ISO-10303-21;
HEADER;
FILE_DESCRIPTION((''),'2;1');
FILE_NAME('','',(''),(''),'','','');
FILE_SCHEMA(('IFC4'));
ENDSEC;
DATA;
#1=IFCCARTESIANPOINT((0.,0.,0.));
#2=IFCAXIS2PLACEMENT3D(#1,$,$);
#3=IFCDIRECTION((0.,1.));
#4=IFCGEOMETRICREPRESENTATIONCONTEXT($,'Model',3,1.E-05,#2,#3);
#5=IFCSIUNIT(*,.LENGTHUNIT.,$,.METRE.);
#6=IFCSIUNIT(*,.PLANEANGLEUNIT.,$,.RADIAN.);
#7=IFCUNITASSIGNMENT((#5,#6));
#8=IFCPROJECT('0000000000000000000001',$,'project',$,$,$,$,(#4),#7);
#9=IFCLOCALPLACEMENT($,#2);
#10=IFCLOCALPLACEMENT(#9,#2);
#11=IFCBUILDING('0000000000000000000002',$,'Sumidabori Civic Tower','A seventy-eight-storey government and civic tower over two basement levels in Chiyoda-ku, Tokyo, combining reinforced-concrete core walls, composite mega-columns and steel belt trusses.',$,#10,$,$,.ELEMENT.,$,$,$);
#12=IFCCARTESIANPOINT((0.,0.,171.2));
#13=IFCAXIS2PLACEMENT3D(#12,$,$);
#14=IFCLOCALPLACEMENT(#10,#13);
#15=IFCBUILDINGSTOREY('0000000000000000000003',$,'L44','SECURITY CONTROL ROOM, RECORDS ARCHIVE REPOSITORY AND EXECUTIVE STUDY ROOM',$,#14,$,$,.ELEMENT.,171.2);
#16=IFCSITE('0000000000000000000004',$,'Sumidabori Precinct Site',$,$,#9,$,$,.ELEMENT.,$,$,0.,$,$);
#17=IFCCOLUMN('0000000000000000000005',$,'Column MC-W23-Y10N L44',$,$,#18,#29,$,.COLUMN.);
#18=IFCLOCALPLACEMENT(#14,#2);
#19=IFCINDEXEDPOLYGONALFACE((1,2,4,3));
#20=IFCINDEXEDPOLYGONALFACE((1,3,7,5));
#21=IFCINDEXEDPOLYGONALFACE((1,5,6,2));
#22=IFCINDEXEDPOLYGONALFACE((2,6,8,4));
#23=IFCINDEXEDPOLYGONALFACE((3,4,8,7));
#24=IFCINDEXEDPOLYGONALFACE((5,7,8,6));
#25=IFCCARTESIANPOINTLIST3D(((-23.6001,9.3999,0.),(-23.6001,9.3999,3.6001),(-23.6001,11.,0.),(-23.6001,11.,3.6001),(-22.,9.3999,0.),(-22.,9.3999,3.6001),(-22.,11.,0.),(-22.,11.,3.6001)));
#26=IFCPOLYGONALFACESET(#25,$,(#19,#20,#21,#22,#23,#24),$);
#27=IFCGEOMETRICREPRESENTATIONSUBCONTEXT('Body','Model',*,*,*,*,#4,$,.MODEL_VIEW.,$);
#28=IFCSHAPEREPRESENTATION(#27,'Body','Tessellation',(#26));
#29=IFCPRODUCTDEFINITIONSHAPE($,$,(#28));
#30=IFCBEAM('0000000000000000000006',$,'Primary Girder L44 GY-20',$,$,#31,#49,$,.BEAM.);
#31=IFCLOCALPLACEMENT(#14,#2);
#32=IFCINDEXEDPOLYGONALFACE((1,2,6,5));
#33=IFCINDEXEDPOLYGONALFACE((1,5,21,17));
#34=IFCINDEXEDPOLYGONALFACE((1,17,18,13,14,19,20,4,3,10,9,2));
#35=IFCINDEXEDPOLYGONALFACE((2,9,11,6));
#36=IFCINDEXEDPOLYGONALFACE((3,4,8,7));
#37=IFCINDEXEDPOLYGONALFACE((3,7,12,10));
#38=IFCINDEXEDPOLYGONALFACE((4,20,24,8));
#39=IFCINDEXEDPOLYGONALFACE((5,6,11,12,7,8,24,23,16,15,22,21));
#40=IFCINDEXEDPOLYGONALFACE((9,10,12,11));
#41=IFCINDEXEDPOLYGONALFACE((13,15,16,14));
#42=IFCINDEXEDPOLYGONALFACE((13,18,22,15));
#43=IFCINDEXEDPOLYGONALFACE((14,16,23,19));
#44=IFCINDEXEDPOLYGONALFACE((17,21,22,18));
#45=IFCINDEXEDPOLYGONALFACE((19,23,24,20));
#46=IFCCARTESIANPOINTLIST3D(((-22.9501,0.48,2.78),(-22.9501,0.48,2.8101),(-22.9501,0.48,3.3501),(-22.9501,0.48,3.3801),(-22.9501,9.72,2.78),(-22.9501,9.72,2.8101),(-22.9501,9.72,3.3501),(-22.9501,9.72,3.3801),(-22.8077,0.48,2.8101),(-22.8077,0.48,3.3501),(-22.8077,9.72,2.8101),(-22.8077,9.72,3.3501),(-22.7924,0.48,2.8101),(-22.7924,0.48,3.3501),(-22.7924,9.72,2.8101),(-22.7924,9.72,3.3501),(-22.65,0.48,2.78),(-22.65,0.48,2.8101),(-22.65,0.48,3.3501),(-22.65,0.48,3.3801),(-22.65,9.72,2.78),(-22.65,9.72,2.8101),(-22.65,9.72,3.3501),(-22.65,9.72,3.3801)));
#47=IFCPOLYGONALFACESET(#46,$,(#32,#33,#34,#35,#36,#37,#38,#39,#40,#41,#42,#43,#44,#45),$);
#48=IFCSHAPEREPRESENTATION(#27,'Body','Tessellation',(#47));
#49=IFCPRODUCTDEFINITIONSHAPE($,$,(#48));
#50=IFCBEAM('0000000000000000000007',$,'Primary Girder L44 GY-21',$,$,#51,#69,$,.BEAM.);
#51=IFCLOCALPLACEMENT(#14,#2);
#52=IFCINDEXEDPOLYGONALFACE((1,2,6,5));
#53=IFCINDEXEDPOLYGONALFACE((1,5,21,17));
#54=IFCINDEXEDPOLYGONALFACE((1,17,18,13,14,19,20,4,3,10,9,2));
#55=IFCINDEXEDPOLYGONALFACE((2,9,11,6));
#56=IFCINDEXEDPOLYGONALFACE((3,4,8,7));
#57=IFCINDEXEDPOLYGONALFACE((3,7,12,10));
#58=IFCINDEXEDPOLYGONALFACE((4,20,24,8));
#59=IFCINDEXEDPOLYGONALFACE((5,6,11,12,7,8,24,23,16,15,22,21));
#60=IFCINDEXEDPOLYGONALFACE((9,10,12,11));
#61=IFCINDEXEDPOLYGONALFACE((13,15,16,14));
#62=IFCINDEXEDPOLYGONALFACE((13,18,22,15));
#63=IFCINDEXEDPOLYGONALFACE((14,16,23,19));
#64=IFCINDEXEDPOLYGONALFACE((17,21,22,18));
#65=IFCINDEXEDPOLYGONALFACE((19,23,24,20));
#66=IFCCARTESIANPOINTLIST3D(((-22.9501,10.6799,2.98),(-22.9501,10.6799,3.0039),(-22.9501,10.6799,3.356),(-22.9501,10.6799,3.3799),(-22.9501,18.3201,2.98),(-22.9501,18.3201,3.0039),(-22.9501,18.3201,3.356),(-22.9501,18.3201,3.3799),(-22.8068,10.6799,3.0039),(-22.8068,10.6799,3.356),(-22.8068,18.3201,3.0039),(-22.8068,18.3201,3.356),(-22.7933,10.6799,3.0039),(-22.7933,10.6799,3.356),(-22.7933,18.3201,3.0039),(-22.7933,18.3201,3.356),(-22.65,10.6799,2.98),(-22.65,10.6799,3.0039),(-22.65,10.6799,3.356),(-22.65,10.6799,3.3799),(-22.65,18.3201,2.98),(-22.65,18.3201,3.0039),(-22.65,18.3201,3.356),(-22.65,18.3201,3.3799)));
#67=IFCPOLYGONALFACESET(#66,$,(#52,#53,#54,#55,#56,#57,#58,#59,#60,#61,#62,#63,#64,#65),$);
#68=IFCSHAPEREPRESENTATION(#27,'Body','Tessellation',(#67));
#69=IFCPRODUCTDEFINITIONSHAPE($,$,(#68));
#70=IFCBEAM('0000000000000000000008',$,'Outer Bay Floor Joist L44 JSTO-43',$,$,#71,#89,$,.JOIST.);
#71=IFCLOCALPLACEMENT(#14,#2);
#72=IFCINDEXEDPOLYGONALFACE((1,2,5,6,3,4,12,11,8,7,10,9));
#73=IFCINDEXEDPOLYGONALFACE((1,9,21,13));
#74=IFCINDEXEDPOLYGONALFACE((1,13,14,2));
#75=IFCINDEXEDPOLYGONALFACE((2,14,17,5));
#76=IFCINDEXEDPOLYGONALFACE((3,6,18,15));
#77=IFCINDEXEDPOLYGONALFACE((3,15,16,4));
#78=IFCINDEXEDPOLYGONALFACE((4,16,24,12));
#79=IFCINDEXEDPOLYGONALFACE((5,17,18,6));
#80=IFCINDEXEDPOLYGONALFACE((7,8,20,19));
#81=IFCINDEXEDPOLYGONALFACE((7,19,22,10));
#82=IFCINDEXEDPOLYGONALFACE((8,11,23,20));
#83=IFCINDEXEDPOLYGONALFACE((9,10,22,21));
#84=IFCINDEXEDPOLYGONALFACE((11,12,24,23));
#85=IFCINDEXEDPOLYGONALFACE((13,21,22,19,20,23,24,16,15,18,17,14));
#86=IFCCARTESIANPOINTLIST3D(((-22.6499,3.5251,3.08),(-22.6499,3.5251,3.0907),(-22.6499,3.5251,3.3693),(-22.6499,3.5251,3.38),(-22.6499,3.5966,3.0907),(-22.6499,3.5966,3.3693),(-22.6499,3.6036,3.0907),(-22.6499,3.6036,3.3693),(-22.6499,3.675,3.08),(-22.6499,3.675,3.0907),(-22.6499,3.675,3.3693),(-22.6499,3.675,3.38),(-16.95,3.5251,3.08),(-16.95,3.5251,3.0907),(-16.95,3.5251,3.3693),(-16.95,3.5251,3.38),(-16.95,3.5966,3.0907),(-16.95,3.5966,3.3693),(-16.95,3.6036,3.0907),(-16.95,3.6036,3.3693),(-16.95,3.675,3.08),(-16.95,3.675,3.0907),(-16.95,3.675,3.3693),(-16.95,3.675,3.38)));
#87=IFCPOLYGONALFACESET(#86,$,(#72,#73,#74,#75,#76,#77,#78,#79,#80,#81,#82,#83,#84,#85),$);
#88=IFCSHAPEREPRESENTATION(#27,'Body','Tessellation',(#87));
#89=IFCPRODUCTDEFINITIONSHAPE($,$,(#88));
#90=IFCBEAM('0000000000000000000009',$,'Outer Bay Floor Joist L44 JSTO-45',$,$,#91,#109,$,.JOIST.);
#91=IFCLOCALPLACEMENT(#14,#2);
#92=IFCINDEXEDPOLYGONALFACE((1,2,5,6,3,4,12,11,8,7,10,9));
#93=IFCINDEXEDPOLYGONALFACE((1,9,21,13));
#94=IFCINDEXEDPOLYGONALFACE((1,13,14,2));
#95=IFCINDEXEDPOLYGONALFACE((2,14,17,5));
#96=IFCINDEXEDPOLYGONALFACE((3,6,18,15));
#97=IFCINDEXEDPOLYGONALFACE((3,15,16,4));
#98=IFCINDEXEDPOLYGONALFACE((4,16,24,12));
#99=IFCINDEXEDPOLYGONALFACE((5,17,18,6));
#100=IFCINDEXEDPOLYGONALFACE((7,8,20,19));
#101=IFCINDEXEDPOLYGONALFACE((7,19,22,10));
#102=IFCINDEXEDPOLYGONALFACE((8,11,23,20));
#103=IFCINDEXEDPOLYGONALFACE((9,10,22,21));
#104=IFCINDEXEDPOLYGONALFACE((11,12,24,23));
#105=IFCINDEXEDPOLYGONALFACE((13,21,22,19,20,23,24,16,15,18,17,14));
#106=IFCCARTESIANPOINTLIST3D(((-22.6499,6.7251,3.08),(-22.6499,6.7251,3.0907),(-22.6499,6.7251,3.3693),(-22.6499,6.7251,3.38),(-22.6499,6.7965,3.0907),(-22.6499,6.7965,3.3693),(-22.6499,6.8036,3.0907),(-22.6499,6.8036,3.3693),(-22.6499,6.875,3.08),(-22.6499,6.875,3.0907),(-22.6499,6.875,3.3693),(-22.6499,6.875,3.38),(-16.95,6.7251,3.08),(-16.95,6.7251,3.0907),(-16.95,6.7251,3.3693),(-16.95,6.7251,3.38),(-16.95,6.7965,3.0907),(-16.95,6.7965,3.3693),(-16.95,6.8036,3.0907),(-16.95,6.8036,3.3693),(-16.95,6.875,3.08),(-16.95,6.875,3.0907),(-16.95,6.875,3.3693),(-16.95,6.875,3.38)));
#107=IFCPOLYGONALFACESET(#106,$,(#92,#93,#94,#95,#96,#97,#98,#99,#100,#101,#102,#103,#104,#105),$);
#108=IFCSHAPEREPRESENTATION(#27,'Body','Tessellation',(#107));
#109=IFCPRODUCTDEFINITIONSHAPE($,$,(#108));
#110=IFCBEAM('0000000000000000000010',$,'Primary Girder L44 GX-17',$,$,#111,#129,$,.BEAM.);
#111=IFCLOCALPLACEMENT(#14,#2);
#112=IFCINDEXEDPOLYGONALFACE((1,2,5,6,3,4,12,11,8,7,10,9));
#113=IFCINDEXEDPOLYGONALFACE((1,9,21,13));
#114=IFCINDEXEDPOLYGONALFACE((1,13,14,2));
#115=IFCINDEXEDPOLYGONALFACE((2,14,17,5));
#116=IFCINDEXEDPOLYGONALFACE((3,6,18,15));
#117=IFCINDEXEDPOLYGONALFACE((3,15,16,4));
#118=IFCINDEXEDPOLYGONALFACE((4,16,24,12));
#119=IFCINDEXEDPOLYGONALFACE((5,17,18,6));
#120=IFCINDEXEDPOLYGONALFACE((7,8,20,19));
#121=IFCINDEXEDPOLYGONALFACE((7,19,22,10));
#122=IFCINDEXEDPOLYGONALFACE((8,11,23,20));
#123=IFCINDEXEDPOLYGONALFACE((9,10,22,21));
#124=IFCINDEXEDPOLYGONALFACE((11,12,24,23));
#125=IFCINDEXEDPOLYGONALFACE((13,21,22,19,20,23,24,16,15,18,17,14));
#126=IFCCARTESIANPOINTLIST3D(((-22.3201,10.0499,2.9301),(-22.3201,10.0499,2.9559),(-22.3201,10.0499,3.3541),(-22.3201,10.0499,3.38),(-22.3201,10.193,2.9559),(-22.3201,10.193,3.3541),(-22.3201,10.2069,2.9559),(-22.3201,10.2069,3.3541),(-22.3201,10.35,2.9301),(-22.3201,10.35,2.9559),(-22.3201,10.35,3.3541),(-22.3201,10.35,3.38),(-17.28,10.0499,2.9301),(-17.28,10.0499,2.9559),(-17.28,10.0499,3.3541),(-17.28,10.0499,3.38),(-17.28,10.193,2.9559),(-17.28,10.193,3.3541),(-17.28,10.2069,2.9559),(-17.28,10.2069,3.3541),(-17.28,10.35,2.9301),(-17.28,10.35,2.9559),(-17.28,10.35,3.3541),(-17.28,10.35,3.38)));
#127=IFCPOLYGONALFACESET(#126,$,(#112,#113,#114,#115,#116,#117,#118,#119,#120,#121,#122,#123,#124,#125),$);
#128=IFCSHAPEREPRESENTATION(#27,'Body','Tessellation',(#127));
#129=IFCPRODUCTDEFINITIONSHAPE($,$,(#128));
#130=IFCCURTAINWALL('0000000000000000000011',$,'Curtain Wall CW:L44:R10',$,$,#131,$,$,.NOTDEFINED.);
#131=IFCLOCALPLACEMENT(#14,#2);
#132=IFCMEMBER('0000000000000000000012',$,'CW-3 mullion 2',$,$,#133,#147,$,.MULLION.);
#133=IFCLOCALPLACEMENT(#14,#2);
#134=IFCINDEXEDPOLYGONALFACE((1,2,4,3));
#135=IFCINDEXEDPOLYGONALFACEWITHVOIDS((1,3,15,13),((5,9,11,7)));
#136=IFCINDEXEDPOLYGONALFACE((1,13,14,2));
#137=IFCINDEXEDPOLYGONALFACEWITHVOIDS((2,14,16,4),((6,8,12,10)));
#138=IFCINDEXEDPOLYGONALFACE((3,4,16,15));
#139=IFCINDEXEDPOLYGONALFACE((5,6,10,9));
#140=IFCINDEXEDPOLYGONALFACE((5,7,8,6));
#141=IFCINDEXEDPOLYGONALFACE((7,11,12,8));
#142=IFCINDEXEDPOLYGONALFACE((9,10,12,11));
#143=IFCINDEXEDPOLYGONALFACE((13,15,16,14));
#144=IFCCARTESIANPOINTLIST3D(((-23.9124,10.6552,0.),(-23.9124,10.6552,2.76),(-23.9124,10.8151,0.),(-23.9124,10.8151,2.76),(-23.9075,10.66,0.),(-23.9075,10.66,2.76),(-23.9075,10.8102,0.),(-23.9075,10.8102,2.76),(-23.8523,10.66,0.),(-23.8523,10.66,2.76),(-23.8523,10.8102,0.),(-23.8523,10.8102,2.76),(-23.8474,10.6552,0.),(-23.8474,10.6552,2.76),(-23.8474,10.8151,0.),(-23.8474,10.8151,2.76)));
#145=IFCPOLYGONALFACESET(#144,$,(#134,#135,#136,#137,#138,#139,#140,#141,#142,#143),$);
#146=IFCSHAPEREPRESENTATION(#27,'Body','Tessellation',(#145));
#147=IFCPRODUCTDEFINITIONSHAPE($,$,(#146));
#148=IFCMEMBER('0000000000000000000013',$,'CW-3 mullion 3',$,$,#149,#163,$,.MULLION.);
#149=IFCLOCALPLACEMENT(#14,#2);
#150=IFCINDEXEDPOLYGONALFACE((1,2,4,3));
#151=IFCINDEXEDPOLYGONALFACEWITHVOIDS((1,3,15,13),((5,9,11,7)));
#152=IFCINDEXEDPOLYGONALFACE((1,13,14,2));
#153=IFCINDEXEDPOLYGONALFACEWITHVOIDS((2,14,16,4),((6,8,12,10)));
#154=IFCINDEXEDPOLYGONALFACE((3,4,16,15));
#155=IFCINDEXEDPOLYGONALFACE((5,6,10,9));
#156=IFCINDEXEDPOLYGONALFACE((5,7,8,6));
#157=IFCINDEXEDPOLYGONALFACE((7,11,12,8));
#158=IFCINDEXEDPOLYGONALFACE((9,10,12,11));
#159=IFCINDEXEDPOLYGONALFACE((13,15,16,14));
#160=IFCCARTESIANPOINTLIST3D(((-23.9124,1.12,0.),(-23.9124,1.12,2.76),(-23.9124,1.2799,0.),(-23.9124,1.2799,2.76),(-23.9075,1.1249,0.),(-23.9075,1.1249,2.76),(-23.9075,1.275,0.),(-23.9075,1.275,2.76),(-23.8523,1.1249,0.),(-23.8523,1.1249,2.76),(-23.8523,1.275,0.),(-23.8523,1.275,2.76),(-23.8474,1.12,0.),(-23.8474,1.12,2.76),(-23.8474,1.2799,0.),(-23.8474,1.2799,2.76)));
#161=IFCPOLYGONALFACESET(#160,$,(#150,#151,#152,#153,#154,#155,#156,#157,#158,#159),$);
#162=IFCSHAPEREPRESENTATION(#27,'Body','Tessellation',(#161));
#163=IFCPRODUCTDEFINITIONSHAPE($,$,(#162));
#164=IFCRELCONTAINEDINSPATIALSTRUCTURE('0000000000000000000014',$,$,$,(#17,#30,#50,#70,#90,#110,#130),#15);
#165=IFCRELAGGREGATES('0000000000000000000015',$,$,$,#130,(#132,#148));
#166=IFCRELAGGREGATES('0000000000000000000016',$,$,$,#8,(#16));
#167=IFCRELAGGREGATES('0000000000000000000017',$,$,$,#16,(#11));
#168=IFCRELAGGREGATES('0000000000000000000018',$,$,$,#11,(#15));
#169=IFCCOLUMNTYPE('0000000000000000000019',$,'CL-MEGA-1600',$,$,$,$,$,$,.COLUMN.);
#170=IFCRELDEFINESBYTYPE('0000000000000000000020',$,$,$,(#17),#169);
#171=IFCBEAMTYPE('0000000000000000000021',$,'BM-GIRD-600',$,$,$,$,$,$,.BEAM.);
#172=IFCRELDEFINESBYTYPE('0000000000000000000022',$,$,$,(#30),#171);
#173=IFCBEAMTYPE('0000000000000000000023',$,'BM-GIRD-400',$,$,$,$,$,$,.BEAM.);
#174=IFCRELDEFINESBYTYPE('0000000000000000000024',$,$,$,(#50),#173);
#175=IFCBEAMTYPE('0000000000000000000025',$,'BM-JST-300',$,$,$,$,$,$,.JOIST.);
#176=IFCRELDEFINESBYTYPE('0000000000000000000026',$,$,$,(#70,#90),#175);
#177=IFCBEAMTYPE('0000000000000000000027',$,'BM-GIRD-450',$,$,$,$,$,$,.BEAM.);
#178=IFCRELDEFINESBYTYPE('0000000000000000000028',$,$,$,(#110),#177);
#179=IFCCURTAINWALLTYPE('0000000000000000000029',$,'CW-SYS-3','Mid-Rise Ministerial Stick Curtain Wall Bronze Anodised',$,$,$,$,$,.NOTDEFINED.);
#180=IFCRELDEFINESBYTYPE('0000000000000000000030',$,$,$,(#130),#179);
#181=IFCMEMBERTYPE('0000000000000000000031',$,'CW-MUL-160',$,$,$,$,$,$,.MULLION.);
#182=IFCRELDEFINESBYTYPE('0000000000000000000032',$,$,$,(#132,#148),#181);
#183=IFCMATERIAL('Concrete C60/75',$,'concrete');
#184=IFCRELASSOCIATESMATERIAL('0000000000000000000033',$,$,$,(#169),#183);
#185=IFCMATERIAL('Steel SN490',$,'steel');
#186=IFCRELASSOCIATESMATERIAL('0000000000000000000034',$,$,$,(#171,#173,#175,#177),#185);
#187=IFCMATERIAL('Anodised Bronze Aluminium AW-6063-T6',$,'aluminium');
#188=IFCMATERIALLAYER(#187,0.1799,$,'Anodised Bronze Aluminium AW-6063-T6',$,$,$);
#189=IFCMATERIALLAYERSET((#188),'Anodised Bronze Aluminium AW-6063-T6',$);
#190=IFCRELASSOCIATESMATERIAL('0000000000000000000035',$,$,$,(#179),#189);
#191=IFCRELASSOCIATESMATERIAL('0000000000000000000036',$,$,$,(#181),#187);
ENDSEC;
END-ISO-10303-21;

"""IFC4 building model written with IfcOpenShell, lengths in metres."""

from ifc_helpers import new_model, si_unit, direction, frame, origin, origin_2d, place, context, subcontext, project, spatial, rectangle, hollow_rectangle, i_section, extrude, source, transform, mapped, material, layer, layer_set, material_profile, profile_set, type_object, element, aggregate, save


model = new_model("IFC4")

# Units and contexts
model_context = context("Model", 3, precision=1e-05, world=origin(), true_north=direction((0.0, 1.0)))
body_context = subcontext(model_context, "Body", "Model", "MODEL_VIEW")
ifc_project = project(units=[si_unit("LENGTHUNIT", "METRE"), si_unit("PLANEANGLEUNIT", "RADIAN")], contexts=[model_context])

# Site, building, storey
site_placement = place(None, origin())
site = spatial("IfcSite", under=ifc_project, at=site_placement, Name="Sumidabori Precinct Site", CompositionType="ELEMENT", RefElevation=0.0)
building_placement = place(site_placement, origin())
building = spatial("IfcBuilding", under=site, at=building_placement, Name="Sumidabori Civic Tower", Description="A seventy-eight-storey government and civic tower over two basement levels in Chiyoda-ku, Tokyo, combining reinforced-concrete core walls, composite mega-columns and steel belt trusses.", CompositionType="ELEMENT")
storey_placement = place(building_placement, frame((0.0, 0.0, 171.2)))
storey = spatial("IfcBuildingStorey", under=building, at=storey_placement, Name="L44", Description="SECURITY CONTROL ROOM, RECORDS ARCHIVE REPOSITORY AND EXECUTIVE STUDY ROOM", CompositionType="ELEMENT", Elevation=171.2)

# Column
ifc_material_1 = material(Name="Concrete C60/75", Category="concrete")
ifc_material_profile_1 = material_profile(ifc_material_1, rectangle(XDim=1.6001, YDim=1.6001, at=origin_2d()), Name="RC 1600x1600")
ifc_profile_set_1 = profile_set([ifc_material_profile_1], Name="Concrete C60/75")
column_type = type_object("IfcColumnType", Name="CL-MEGA-1600", PredefinedType="COLUMN", material=ifc_profile_set_1)
shared_shape_1 = source(origin(), body_context, "Body", "SweptSolid", [
    extrude(rectangle(XDim=1.6001, YDim=1.6001, at=origin_2d()), origin(), (0.0, 0.0, 1.0), 3.6001),
])
column_placement = place(storey_placement, frame((-22.8, 10.2, 0.0), z_axis=(0.0, 0.0, 1.0), x_axis=(1.0, 0.0, 0.0)))
element("IfcColumn", 1, at=column_placement, inside=storey, type_object=column_type, Name="Column MC-W23-Y10N L44", PredefinedType="COLUMN", context=body_context, shape_type="MappedRepresentation", body=[
    mapped(shared_shape_1, transform((0.0, 0.0, 0.0), x_axis=(1.0, 0.0, 0.0), y_axis=(0.0, 1.0, 0.0), z_axis=(0.0, 0.0, 1.0), scale=1.0)),
])

# Beams
ifc_material_2 = material(Name="Steel SN490", Category="steel")
ifc_material_profile_2 = material_profile(ifc_material_2, i_section(OverallWidth=0.3, OverallDepth=0.6001, WebThickness=0.0154, FlangeThickness=0.03, at=origin_2d()), Name="HE 600 B")
ifc_profile_set_2 = profile_set([ifc_material_profile_2], Name="Steel SN490")
beam_type_1 = type_object("IfcBeamType", Name="BM-GIRD-600", PredefinedType="BEAM", material=ifc_profile_set_2)
shared_shape_2 = source(origin(), body_context, "Body", "SweptSolid", [
    extrude(i_section(OverallWidth=0.3, OverallDepth=0.6001, WebThickness=0.0154, FlangeThickness=0.03, at=origin_2d()), origin(), (0.0, 0.0, 1.0), 9.24),
])
beam_1_placement = place(storey_placement, frame((-22.8, 0.48, 3.0801), z_axis=(0.0, 1.0, 0.0), x_axis=(-1.0, 0.0, 0.0)))
element("IfcBeam", 2, at=beam_1_placement, inside=storey, type_object=beam_type_1, Name="Primary Girder L44 GY-20", PredefinedType="BEAM", context=body_context, shape_type="MappedRepresentation", body=[
    mapped(shared_shape_2, transform((0.0, 0.0, 0.0), x_axis=(1.0, 0.0, 0.0), y_axis=(0.0, 1.0, 0.0), z_axis=(0.0, 0.0, 1.0), scale=1.0)),
])
ifc_material_profile_3 = material_profile(ifc_material_2, i_section(OverallWidth=0.3, OverallDepth=0.3999, WebThickness=0.0134, FlangeThickness=0.0239, at=origin_2d()), Name="HE 400 B")
ifc_profile_set_3 = profile_set([ifc_material_profile_3], Name="Steel SN490")
beam_type_2 = type_object("IfcBeamType", Name="BM-GIRD-400", PredefinedType="BEAM", material=ifc_profile_set_3)
shared_shape_3 = source(origin(), body_context, "Body", "SweptSolid", [
    extrude(i_section(OverallWidth=0.3, OverallDepth=0.3999, WebThickness=0.0134, FlangeThickness=0.0239, at=origin_2d()), origin(), (0.0, 0.0, 1.0), 7.6401),
])
beam_2_placement = place(storey_placement, frame((-22.8, 10.6799, 3.1799), z_axis=(0.0, 1.0, 0.0), x_axis=(-1.0, 0.0, 0.0)))
element("IfcBeam", 3, at=beam_2_placement, inside=storey, type_object=beam_type_2, Name="Primary Girder L44 GY-21", PredefinedType="BEAM", context=body_context, shape_type="MappedRepresentation", body=[
    mapped(shared_shape_3, transform((0.0, 0.0, 0.0), x_axis=(1.0, 0.0, 0.0), y_axis=(0.0, 1.0, 0.0), z_axis=(0.0, 0.0, 1.0), scale=1.0)),
])
ifc_material_profile_4 = material_profile(ifc_material_2, i_section(OverallWidth=0.1499, OverallDepth=0.3, WebThickness=0.0071, FlangeThickness=0.0107, at=origin_2d()), Name="IPE 300")
ifc_profile_set_4 = profile_set([ifc_material_profile_4], Name="Steel SN490")
beam_type_3 = type_object("IfcBeamType", Name="BM-JST-300", PredefinedType="JOIST", material=ifc_profile_set_4)
shared_shape_4 = source(origin(), body_context, "Body", "SweptSolid", [
    extrude(i_section(OverallWidth=0.1499, OverallDepth=0.3, WebThickness=0.0071, FlangeThickness=0.0107, at=origin_2d()), origin(), (0.0, 0.0, 1.0), 5.7),
])
for number, where, z_axis, x_axis, name in (
    (4, (-22.6499, 3.6001, 3.23), (1.0, 0.0, 0.0), (0.0, 1.0, 0.0), "Outer Bay Floor Joist L44 JSTO-43"),
    (5, (-22.6499, 6.8, 3.23), (1.0, 0.0, 0.0), (0.0, 1.0, 0.0), "Outer Bay Floor Joist L44 JSTO-45"),
):
    element("IfcBeam", number, at=place(storey_placement, frame(where, z_axis=z_axis, x_axis=x_axis)), inside=storey, type_object=beam_type_3, Name=name, PredefinedType="JOIST", context=body_context, shape_type="MappedRepresentation", body=[
        mapped(shared_shape_4, transform((0.0, 0.0, 0.0), x_axis=(1.0, 0.0, 0.0), y_axis=(0.0, 1.0, 0.0), z_axis=(0.0, 0.0, 1.0), scale=1.0)),
    ])
ifc_material_profile_5 = material_profile(ifc_material_2, i_section(OverallWidth=0.3, OverallDepth=0.45, WebThickness=0.0139, FlangeThickness=0.0259, at=origin_2d()), Name="HE 450 B")
ifc_profile_set_5 = profile_set([ifc_material_profile_5], Name="Steel SN490")
beam_type_4 = type_object("IfcBeamType", Name="BM-GIRD-450", PredefinedType="BEAM", material=ifc_profile_set_5)
shared_shape_5 = source(origin(), body_context, "Body", "SweptSolid", [
    extrude(i_section(OverallWidth=0.3, OverallDepth=0.45, WebThickness=0.0139, FlangeThickness=0.0259, at=origin_2d()), origin(), (0.0, 0.0, 1.0), 5.04),
])
beam_3_placement = place(storey_placement, frame((-22.3201, 10.2, 3.155), z_axis=(1.0, 0.0, 0.0), x_axis=(0.0, 1.0, 0.0)))
element("IfcBeam", 6, at=beam_3_placement, inside=storey, type_object=beam_type_4, Name="Primary Girder L44 GX-17", PredefinedType="BEAM", context=body_context, shape_type="MappedRepresentation", body=[
    mapped(shared_shape_5, transform((0.0, 0.0, 0.0), x_axis=(1.0, 0.0, 0.0), y_axis=(0.0, 1.0, 0.0), z_axis=(0.0, 0.0, 1.0), scale=1.0)),
])

# Curtain wall, members
ifc_material_3 = material(Name="Anodised Bronze Aluminium AW-6063-T6", Category="aluminium")
ifc_layer_1 = layer(ifc_material_3, 0.1799, Name="Anodised Bronze Aluminium AW-6063-T6")
ifc_layer_set_1 = layer_set([ifc_layer_1], Name="Anodised Bronze Aluminium AW-6063-T6")
curtain_wall_type = type_object("IfcCurtainWallType", Name="CW-SYS-3", Description="Mid-Rise Ministerial Stick Curtain Wall Bronze Anodised", PredefinedType="NOTDEFINED", material=ifc_layer_set_1)
curtain_wall_placement = place(storey_placement, origin())
curtain_wall = element("IfcCurtainWall", 7, at=curtain_wall_placement, inside=storey, type_object=curtain_wall_type, Name="Curtain Wall CW:L44:R10", PredefinedType="NOTDEFINED")
ifc_material_profile_6 = material_profile(ifc_material_3, hollow_rectangle(XDim=0.0649, YDim=0.1599, WallThickness=0.0049, at=origin_2d()), Name="ALU MULLION 160x65")
ifc_profile_set_6 = profile_set([ifc_material_profile_6], Name="Anodised Bronze Aluminium AW-6063-T6")
member_type_1 = type_object("IfcMemberType", Name="CW-MUL-160", PredefinedType="MULLION", material=ifc_profile_set_6)
shared_shape_6 = source(origin(), body_context, "Body", "SweptSolid", [
    extrude(hollow_rectangle(XDim=0.0649, YDim=0.1599, WallThickness=0.0049, at=origin_2d()), origin(), (0.0, 0.0, 1.0), 2.76),
])
member_1_placement = place(storey_placement, frame((-23.8799, 10.7351, 0.0), z_axis=(0.0, 0.0, 1.0), x_axis=(1.0, 0.0, 0.0)))
member_1 = element("IfcMember", 8, at=member_1_placement, type_object=member_type_1, Name="CW-3 mullion 2", PredefinedType="MULLION", context=body_context, shape_type="MappedRepresentation", body=[
    mapped(shared_shape_6, transform((0.0, 0.0, 0.0), x_axis=(1.0, 0.0, 0.0), y_axis=(0.0, 1.0, 0.0), z_axis=(0.0, 0.0, 1.0), scale=1.0)),
])
member_2_placement = place(storey_placement, frame((-23.8799, 1.2, 0.0), z_axis=(0.0, 0.0, 1.0), x_axis=(1.0, 0.0, 0.0)))
member_2 = element("IfcMember", 9, at=member_2_placement, type_object=member_type_1, Name="CW-3 mullion 3", PredefinedType="MULLION", context=body_context, shape_type="MappedRepresentation", body=[
    mapped(shared_shape_6, transform((0.0, 0.0, 0.0), x_axis=(1.0, 0.0, 0.0), y_axis=(0.0, 1.0, 0.0), z_axis=(0.0, 0.0, 1.0), scale=1.0)),
])
aggregate(curtain_wall, [member_1, member_2])

save(model, "model.ifc")
